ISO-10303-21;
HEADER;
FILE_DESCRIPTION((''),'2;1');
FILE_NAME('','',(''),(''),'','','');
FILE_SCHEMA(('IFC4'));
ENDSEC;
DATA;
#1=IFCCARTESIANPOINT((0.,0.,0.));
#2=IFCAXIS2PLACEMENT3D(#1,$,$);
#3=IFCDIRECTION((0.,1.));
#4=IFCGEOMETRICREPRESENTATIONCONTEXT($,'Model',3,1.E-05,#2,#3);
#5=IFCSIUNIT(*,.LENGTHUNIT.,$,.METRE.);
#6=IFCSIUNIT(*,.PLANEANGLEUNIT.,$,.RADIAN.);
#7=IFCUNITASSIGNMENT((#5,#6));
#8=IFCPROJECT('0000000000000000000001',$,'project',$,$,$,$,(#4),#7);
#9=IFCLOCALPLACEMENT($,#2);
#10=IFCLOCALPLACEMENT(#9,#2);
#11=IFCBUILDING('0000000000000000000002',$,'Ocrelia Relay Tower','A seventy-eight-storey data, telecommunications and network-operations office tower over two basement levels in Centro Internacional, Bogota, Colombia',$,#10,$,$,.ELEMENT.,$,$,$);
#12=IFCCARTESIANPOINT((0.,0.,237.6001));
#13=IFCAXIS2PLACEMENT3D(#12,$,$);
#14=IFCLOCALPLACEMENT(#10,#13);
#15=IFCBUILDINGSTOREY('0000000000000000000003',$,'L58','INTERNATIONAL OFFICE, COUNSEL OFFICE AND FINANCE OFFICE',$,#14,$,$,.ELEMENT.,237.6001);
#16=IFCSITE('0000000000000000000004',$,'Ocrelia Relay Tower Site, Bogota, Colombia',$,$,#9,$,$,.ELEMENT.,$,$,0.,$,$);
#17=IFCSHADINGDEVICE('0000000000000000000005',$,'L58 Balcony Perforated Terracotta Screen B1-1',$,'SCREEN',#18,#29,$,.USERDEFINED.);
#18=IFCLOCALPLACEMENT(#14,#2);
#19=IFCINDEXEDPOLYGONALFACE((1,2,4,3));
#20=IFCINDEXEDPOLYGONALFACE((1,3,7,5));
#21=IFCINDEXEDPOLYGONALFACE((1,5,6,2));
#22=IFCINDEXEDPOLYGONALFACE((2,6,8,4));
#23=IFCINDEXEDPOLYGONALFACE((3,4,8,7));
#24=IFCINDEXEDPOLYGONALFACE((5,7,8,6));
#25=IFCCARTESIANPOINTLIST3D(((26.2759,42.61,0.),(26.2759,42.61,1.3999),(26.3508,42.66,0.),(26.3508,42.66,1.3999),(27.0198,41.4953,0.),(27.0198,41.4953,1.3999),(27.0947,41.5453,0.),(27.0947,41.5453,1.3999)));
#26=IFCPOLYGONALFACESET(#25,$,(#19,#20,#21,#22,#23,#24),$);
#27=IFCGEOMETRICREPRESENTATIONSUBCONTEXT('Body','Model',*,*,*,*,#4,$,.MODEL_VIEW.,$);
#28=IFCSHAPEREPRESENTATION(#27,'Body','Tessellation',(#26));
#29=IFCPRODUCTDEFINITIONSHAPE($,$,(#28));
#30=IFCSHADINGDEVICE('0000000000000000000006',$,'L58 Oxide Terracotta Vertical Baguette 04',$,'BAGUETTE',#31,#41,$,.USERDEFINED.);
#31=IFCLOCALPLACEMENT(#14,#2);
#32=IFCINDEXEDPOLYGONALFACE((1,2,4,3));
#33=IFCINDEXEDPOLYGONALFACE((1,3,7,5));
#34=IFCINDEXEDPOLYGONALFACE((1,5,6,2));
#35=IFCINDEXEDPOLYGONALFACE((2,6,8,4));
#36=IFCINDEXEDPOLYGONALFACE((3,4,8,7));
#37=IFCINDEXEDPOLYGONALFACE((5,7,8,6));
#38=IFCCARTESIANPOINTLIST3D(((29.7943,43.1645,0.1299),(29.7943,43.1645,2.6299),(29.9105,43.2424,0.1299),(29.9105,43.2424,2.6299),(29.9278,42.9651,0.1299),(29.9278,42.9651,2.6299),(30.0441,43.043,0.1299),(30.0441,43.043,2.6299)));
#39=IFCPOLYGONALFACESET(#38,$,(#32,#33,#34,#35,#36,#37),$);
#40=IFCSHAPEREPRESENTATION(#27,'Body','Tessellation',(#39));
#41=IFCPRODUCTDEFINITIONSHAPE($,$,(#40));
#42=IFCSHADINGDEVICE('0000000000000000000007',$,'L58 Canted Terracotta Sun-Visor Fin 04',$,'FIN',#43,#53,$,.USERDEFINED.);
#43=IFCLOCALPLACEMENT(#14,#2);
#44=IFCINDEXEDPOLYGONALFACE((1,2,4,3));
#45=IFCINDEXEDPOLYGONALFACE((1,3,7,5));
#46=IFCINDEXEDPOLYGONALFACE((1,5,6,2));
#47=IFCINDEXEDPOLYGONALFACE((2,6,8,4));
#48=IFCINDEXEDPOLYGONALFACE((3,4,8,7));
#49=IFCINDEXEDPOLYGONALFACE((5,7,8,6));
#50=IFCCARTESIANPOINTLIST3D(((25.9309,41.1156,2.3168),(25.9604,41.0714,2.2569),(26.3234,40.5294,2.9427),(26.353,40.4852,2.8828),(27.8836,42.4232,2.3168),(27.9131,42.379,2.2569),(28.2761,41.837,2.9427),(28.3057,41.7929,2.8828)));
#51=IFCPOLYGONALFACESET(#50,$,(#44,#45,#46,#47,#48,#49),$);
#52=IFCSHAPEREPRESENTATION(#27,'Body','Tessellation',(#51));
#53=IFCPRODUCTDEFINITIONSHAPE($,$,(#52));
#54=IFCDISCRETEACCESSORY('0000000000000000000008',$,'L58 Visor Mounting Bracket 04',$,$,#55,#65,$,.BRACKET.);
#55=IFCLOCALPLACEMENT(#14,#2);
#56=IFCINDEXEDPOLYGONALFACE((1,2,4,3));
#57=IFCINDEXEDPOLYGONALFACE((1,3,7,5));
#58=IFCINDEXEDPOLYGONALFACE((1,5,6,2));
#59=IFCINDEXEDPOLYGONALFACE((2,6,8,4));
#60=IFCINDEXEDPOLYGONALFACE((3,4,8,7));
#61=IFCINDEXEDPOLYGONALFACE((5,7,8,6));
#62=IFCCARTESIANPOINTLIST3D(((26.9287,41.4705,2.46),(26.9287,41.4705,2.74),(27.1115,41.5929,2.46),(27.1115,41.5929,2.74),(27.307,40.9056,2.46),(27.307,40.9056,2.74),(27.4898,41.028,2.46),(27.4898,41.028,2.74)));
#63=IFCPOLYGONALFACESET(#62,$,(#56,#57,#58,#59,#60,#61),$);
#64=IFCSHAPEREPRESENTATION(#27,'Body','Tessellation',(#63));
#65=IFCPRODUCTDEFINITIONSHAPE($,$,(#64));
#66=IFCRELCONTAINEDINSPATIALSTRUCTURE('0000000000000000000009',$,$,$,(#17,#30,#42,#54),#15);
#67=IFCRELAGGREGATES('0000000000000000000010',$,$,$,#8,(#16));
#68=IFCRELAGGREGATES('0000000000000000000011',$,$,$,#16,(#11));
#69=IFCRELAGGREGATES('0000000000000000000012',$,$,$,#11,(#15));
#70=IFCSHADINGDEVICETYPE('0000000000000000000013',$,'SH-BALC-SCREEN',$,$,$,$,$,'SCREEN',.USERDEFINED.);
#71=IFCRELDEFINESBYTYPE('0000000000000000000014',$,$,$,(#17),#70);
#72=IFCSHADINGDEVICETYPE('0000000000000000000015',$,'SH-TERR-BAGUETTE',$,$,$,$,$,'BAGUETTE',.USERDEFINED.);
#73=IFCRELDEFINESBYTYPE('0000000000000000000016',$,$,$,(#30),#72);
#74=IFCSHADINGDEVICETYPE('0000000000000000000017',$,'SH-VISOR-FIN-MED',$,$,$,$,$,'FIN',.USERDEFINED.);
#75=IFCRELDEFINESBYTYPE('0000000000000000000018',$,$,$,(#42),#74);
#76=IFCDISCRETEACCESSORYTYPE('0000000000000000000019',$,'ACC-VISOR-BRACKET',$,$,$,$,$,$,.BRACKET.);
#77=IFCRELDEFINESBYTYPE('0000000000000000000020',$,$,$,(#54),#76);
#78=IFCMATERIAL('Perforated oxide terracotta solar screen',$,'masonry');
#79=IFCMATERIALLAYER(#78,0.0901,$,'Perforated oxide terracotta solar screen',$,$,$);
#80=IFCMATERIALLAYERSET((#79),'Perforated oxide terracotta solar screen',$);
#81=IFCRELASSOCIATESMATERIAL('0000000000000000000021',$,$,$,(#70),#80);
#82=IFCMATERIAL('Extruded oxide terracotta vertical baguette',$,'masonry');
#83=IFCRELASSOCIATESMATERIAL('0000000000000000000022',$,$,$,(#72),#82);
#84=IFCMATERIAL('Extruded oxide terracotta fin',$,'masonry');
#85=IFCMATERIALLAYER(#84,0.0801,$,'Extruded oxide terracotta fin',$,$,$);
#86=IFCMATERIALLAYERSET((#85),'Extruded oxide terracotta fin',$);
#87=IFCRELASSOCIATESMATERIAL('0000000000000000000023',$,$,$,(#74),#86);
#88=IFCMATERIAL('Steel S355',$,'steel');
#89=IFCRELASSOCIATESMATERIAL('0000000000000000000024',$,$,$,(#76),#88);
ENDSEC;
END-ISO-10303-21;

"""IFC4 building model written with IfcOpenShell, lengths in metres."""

from ifc_helpers import new_model, si_unit, direction, frame, origin, origin_2d, place, context, subcontext, project, spatial, rectangle, extrude, material, layer, layer_set, type_object, element, save


model = new_model("IFC4")

# Units and contexts
model_context = context("Model", 3, precision=1e-05, world=origin(), true_north=direction((0.0, 1.0)))
body_context = subcontext(model_context, "Body", "Model", "MODEL_VIEW")
ifc_project = project(units=[si_unit("LENGTHUNIT", "METRE"), si_unit("PLANEANGLEUNIT", "RADIAN")], contexts=[model_context])

# Site, building, storey
site_placement = place(None, origin())
site = spatial("IfcSite", under=ifc_project, at=site_placement, Name="Ocrelia Relay Tower Site, Bogota, Colombia", CompositionType="ELEMENT", RefElevation=0.0)
building_placement = place(site_placement, origin())
building = spatial("IfcBuilding", under=site, at=building_placement, Name="Ocrelia Relay Tower", Description="A seventy-eight-storey data, telecommunications and network-operations office tower over two basement levels in Centro Internacional, Bogota, Colombia", CompositionType="ELEMENT")
storey_placement = place(building_placement, frame((0.0, 0.0, 237.6001)))
storey = spatial("IfcBuildingStorey", under=building, at=storey_placement, Name="L58", Description="INTERNATIONAL OFFICE, COUNSEL OFFICE AND FINANCE OFFICE", CompositionType="ELEMENT", Elevation=237.6001)

# Shared definitions
ifc_material_1 = material(Name="Steel S355", Category="steel")

# Shading devices
ifc_material_2 = material(Name="Perforated oxide terracotta solar screen", Category="masonry")
ifc_layer_1 = layer(ifc_material_2, 0.0901, Name="Perforated oxide terracotta solar screen")
ifc_layer_set_1 = layer_set([ifc_layer_1], Name="Perforated oxide terracotta solar screen")
shading_device_type_1 = type_object("IfcShadingDeviceType", Name="SH-BALC-SCREEN", ElementType="SCREEN", PredefinedType="USERDEFINED", material=ifc_layer_set_1)
shading_device_1_placement = place(storey_placement, frame((26.6853, 42.0776, 0.0), z_axis=(0.0, 0.0, 1.0), x_axis=(-0.555081, 0.831796, 0.0)))
element("IfcShadingDevice", 1, at=shading_device_1_placement, inside=storey, type_object=shading_device_type_1, Name="L58 Balcony Perforated Terracotta Screen B1-1", ObjectType="SCREEN", PredefinedType="USERDEFINED", context=body_context, shape_type="SweptSolid", body=[
    extrude(rectangle(XDim=1.3401, YDim=0.0901, at=origin_2d()), origin(), (0.0, 0.0, 1.0), 1.3999),
])
ifc_material_3 = material(Name="Extruded oxide terracotta vertical baguette", Category="masonry")
shading_device_type_2 = type_object("IfcShadingDeviceType", Name="SH-TERR-BAGUETTE", ElementType="BAGUETTE", PredefinedType="USERDEFINED", material=ifc_material_3)
shading_device_2_placement = place(storey_placement, frame((29.9192, 43.1038, 0.1299), z_axis=(0.0, 0.0, 1.0), x_axis=(-0.830903, -0.556418, 0.0)))
element("IfcShadingDevice", 2, at=shading_device_2_placement, inside=storey, type_object=shading_device_type_2, Name="L58 Oxide Terracotta Vertical Baguette 04", ObjectType="BAGUETTE", PredefinedType="USERDEFINED", context=body_context, shape_type="SweptSolid", body=[
    extrude(rectangle(XDim=0.1399, YDim=0.24, at=origin_2d()), origin(), (0.0, 0.0, 1.0), 2.5),
])
ifc_material_4 = material(Name="Extruded oxide terracotta fin", Category="masonry")
ifc_layer_2 = layer(ifc_material_4, 0.0801, Name="Extruded oxide terracotta fin")
ifc_layer_set_2 = layer_set([ifc_layer_2], Name="Extruded oxide terracotta fin")
shading_device_type_3 = type_object("IfcShadingDeviceType", Name="SH-VISOR-FIN-MED", ElementType="FIN", PredefinedType="USERDEFINED", material=ifc_layer_set_2)
shading_device_3_placement = place(storey_placement, frame((27.1331, 41.4321, 2.5698), z_axis=(-0.369275, 0.551441, 0.74803), x_axis=(-0.830903, -0.556418, 0.0)))
element("IfcShadingDevice", 3, at=shading_device_3_placement, inside=storey, type_object=shading_device_type_3, Name="L58 Canted Terracotta Sun-Visor Fin 04", ObjectType="FIN", PredefinedType="USERDEFINED", context=body_context, shape_type="SweptSolid", body=[
    extrude(rectangle(XDim=2.3501, YDim=0.9431, at=origin_2d()), origin(), (0.0, 0.0, 1.0), 0.0801),
])

# Discrete accessory
discrete_accessory_type = type_object("IfcDiscreteAccessoryType", Name="ACC-VISOR-BRACKET", PredefinedType="BRACKET", material=ifc_material_1)
discrete_accessory_placement = place(storey_placement, frame((27.2092, 41.2493, 2.46), z_axis=(0.0, 0.0, 1.0), x_axis=(-0.830903, -0.556418, 0.0)))
element("IfcDiscreteAccessory", 4, at=discrete_accessory_placement, inside=storey, type_object=discrete_accessory_type, Name="L58 Visor Mounting Bracket 04", PredefinedType="BRACKET", context=body_context, shape_type="SweptSolid", body=[
    extrude(rectangle(XDim=0.22, YDim=0.6799, at=origin_2d()), origin(), (0.0, 0.0, 1.0), 0.28),
])

save(model, "model.ifc")
